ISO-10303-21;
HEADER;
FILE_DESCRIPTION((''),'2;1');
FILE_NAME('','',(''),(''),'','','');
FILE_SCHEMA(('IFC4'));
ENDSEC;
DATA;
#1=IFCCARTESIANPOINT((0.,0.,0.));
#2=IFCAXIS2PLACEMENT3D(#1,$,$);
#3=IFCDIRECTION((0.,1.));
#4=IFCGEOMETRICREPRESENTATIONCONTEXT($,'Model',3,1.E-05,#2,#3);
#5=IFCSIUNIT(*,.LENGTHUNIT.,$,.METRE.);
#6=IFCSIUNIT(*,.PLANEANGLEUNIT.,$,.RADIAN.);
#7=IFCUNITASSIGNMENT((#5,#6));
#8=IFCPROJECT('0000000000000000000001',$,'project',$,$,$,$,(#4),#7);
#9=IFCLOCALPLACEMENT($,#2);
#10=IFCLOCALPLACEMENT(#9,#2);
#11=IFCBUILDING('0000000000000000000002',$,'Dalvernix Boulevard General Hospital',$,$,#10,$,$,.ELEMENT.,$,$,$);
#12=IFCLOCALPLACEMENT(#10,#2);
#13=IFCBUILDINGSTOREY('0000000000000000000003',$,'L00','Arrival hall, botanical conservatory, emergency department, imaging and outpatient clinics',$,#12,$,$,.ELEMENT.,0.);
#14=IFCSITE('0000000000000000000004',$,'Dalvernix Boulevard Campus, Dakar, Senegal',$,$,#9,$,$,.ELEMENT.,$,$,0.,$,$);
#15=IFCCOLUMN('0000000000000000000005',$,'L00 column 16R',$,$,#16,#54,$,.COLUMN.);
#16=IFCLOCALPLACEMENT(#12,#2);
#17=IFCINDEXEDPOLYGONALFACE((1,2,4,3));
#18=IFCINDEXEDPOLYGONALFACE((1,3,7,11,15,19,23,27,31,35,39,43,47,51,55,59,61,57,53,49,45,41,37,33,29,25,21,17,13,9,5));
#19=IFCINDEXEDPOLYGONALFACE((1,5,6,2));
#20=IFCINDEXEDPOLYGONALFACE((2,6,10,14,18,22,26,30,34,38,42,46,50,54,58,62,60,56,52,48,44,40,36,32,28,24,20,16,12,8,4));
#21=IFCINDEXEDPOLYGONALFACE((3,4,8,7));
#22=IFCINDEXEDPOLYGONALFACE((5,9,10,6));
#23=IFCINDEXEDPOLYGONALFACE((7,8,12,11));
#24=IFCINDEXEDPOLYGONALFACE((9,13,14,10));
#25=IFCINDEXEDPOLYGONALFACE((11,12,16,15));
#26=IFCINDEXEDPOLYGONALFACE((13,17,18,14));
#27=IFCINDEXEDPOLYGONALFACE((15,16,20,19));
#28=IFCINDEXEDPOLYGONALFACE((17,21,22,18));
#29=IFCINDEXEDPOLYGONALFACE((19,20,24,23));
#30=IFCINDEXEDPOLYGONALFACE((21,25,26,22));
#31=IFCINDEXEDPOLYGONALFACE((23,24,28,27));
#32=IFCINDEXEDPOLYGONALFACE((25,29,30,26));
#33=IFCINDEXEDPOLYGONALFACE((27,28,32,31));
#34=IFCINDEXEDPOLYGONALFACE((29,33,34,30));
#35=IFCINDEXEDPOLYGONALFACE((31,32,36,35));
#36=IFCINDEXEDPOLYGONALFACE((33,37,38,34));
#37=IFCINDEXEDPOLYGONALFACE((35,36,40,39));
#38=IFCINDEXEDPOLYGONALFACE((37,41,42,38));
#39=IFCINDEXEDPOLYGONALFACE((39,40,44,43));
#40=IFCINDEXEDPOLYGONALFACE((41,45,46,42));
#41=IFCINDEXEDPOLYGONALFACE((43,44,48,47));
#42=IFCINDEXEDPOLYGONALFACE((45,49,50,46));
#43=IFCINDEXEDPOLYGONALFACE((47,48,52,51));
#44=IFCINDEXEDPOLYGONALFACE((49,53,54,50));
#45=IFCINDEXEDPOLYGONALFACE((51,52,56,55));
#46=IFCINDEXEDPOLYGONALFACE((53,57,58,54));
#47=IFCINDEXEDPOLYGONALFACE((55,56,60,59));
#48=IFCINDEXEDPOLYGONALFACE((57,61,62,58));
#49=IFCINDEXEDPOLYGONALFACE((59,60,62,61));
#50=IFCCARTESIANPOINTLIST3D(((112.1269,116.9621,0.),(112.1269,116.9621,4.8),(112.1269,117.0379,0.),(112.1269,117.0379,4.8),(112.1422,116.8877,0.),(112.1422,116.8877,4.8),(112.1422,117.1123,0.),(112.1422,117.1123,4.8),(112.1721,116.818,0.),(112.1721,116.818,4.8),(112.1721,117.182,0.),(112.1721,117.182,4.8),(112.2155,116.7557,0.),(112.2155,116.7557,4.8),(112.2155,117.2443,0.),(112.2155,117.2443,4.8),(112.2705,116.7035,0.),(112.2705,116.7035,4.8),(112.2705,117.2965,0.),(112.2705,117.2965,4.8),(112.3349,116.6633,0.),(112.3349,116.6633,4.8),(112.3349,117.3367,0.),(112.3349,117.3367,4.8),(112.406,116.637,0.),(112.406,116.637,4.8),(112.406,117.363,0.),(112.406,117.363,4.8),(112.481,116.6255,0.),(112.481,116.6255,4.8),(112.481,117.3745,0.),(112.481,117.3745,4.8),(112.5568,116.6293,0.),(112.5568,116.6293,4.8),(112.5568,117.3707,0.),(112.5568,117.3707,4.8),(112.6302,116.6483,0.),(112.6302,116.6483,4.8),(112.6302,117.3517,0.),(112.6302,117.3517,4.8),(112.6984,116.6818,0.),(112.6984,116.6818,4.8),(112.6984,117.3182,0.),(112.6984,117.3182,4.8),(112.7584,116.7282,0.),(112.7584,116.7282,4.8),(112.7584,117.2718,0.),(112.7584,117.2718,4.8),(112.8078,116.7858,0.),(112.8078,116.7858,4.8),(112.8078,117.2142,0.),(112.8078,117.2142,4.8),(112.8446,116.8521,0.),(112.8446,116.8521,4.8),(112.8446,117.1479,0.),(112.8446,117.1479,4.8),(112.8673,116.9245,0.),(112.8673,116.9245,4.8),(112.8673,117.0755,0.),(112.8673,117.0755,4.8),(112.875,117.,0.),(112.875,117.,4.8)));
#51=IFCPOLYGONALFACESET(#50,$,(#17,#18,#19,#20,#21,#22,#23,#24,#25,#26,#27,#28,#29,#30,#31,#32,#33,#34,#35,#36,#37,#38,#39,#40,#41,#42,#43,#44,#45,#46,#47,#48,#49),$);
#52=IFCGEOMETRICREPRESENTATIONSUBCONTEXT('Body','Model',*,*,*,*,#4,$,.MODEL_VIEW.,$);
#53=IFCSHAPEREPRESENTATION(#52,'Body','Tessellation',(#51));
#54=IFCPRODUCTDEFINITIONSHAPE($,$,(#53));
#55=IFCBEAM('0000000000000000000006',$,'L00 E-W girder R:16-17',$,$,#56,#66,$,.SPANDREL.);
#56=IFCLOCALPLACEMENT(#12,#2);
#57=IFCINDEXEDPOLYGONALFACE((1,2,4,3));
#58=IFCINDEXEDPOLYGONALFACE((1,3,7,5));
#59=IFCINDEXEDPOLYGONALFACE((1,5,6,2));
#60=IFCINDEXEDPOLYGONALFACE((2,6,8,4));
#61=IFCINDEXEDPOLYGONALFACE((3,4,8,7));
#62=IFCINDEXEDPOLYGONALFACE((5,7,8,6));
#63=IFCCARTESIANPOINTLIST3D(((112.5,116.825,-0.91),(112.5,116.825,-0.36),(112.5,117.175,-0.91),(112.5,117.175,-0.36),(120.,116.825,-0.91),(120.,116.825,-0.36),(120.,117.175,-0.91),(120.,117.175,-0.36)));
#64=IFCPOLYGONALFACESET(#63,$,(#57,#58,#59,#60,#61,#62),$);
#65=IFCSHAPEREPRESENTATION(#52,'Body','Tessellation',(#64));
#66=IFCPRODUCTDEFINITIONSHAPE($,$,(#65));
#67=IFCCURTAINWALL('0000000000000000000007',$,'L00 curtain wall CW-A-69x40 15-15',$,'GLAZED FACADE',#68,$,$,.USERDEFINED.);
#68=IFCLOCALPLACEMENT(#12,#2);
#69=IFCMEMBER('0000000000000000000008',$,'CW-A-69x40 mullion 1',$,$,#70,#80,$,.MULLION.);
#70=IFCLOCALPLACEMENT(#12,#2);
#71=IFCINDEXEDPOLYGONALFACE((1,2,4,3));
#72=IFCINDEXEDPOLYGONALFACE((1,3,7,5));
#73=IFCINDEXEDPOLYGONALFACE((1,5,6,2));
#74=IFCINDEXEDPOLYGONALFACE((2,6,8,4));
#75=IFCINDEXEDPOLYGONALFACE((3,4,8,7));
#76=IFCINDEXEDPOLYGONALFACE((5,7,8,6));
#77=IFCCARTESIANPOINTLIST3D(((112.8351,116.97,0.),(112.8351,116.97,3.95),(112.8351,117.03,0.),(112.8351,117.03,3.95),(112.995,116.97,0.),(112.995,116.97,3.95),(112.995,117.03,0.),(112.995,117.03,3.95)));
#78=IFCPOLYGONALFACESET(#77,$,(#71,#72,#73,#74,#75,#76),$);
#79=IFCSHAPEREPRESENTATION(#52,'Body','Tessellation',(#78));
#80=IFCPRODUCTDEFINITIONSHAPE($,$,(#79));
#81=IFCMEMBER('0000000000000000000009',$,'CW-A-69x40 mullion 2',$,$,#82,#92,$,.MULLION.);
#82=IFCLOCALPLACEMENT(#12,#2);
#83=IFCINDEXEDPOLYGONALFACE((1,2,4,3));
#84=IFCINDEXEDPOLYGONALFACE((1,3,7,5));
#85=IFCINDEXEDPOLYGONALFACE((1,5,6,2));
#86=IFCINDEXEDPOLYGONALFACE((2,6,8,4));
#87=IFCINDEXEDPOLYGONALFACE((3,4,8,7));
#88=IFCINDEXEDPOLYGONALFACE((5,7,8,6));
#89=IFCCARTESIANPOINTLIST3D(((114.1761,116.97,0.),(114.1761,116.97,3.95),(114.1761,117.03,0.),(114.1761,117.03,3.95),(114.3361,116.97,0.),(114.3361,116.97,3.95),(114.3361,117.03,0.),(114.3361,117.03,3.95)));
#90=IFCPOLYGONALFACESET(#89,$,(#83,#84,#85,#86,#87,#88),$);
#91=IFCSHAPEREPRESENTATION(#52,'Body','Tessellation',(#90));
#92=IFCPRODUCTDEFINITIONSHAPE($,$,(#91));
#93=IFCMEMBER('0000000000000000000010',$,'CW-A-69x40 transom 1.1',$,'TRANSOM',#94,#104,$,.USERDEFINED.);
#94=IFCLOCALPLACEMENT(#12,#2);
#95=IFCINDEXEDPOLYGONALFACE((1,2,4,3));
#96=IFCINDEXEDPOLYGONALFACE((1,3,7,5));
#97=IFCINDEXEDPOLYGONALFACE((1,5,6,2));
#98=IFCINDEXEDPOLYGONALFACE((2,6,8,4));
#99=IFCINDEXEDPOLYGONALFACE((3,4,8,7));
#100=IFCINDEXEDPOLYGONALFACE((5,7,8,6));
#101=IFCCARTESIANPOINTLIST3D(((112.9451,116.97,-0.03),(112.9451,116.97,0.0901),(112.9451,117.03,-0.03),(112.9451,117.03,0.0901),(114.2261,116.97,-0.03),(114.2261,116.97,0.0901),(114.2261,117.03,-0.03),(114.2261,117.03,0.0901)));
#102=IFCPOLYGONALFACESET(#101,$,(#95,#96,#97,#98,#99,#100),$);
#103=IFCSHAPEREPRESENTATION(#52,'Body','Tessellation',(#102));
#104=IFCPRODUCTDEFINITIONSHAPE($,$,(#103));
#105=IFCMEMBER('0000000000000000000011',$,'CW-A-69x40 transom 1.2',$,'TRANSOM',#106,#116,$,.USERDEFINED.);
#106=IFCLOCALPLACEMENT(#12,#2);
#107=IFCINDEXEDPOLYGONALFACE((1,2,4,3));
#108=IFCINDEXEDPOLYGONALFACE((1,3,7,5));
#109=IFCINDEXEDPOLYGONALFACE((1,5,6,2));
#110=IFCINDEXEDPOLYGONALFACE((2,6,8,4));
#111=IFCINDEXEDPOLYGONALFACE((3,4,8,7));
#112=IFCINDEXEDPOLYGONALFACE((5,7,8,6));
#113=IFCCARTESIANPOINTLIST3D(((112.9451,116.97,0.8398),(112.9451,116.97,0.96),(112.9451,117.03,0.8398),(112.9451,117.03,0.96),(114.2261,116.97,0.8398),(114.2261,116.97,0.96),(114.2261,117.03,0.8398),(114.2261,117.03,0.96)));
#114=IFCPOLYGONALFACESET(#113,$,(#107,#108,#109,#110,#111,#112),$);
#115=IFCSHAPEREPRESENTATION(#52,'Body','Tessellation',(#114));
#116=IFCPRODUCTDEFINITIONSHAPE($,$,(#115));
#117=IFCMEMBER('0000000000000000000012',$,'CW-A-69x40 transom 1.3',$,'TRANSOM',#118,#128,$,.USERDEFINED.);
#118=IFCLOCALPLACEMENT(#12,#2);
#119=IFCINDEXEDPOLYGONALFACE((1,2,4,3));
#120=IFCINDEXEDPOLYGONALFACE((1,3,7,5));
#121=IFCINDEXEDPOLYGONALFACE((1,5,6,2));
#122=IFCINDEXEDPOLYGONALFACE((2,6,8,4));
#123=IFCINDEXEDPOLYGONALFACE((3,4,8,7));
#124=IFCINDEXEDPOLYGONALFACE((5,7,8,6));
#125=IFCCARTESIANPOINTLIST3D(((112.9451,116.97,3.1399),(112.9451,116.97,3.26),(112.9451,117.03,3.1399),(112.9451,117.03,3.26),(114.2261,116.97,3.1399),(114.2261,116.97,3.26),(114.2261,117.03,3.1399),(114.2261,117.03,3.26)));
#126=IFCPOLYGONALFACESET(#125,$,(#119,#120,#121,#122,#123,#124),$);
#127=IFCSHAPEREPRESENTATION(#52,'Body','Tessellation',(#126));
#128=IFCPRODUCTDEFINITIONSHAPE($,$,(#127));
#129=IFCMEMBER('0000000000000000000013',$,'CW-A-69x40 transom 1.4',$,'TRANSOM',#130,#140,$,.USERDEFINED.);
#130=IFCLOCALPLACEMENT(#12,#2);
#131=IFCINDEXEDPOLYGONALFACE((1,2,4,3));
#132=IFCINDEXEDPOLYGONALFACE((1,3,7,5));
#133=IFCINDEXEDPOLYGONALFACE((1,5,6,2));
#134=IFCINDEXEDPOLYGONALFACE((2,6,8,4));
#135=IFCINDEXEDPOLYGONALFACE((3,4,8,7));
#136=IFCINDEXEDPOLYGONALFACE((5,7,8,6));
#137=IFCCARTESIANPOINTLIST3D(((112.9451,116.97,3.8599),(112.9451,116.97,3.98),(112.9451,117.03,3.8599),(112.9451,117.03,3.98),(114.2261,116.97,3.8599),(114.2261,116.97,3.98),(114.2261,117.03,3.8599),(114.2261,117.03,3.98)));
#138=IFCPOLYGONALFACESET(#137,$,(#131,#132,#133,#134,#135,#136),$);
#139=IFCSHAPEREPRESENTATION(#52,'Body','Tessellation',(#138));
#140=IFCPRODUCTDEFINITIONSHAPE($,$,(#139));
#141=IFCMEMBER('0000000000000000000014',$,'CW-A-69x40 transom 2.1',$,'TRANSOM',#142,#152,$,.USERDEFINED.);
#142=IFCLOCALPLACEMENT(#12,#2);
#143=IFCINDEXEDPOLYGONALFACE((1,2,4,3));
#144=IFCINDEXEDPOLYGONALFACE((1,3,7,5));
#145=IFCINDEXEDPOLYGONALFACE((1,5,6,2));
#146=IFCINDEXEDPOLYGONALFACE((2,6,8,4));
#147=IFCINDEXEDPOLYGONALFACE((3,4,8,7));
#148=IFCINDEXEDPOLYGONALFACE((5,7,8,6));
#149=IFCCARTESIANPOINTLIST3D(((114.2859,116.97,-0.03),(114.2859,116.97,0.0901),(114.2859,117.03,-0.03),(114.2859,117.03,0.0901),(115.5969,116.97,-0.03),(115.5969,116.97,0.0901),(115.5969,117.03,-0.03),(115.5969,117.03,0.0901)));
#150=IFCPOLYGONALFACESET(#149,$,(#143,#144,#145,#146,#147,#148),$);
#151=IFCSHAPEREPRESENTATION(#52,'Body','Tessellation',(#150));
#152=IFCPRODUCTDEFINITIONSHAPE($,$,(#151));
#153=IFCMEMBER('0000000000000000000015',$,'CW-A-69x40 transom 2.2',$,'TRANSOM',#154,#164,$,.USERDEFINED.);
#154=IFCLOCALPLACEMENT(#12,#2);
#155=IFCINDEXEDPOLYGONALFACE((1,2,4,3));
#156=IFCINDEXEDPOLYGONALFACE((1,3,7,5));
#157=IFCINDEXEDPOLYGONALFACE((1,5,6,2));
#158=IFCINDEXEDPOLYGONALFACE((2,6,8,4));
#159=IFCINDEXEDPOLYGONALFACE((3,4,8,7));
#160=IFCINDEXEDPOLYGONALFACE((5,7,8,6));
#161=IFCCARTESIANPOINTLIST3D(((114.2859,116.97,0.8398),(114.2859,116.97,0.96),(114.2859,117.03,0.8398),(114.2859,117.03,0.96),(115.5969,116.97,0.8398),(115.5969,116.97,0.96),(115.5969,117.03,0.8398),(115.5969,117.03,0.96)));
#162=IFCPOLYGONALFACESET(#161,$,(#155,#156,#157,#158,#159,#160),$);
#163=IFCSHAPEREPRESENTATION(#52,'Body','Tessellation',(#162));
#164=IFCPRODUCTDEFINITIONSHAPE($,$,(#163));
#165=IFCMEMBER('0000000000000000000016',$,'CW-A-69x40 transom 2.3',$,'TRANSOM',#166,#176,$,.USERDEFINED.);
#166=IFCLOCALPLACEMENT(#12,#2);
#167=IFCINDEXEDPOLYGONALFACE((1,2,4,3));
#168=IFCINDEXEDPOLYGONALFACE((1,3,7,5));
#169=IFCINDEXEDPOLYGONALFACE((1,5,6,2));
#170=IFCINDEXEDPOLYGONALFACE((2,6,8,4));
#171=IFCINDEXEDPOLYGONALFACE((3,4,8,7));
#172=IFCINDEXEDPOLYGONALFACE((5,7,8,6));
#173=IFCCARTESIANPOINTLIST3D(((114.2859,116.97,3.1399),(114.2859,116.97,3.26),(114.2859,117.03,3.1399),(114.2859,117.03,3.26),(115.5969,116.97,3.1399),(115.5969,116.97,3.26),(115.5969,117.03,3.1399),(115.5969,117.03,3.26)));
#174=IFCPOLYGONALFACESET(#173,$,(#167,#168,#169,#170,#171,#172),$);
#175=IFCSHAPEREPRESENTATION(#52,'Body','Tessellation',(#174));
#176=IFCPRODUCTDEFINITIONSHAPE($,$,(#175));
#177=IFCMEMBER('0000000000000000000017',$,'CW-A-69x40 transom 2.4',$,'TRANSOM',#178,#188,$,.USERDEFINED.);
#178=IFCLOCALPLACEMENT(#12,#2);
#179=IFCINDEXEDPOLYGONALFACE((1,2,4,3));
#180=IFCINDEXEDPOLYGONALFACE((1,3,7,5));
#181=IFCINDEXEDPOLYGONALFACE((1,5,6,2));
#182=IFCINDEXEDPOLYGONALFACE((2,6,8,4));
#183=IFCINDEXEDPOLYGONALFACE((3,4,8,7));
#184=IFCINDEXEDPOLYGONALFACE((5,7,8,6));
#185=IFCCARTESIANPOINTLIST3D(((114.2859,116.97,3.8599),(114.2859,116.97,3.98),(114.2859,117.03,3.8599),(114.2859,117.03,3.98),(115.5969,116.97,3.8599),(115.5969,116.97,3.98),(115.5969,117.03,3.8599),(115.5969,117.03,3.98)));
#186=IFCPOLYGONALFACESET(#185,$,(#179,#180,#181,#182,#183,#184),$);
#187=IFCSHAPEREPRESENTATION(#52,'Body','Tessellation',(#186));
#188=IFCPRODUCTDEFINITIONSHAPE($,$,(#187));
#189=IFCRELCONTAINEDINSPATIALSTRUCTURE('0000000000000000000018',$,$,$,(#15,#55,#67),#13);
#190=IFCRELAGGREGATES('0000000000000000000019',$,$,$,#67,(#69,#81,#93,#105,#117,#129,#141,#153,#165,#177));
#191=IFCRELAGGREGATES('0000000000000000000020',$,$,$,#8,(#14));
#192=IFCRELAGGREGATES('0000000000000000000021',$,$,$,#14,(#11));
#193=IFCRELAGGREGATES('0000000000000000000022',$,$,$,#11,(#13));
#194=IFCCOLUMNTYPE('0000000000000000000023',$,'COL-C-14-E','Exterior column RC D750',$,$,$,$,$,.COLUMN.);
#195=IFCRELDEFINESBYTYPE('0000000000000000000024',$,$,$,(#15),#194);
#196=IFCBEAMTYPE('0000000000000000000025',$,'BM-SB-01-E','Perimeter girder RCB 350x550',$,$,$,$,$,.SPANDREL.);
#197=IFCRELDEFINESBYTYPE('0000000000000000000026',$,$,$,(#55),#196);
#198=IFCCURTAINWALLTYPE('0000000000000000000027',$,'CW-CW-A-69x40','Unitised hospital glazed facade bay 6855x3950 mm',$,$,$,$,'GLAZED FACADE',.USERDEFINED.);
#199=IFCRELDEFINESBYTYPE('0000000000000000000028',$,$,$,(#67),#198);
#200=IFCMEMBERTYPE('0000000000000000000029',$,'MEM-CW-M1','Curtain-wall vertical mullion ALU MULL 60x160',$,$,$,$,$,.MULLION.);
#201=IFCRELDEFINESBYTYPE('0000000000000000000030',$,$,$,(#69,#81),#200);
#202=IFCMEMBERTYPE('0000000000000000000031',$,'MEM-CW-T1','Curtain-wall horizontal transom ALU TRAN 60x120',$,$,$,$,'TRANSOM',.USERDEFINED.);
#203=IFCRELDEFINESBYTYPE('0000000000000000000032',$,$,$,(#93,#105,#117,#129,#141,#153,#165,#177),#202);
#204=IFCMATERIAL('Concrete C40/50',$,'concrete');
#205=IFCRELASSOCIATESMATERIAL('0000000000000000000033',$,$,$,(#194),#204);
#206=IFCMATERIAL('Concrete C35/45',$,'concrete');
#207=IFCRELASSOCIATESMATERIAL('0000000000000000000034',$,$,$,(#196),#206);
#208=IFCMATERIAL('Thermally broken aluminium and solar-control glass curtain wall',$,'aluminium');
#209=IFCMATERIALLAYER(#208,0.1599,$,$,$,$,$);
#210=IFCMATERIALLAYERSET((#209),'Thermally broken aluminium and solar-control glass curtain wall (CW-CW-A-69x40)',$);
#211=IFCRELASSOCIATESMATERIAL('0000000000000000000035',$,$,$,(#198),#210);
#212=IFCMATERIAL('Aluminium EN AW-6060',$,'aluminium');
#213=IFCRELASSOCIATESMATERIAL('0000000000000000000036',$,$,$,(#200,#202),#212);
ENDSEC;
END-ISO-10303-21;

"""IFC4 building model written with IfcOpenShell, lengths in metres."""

from ifc_helpers import new_model, si_unit, direction, frame, origin, origin_2d, place, context, subcontext, project, spatial, rectangle, circle, extrude, material, layer, layer_set, material_profile, profile_set, type_object, element, aggregate, save


model = new_model("IFC4")

# Units and contexts
model_context = context("Model", 3, precision=1e-05, world=origin(), true_north=direction((0.0, 1.0)))
body_context = subcontext(model_context, "Body", "Model", "MODEL_VIEW")
ifc_project = project(units=[si_unit("LENGTHUNIT", "METRE"), si_unit("PLANEANGLEUNIT", "RADIAN")], contexts=[model_context])

# Site, building, storey
site_placement = place(None, origin())
site = spatial("IfcSite", under=ifc_project, at=site_placement, Name="Dalvernix Boulevard Campus, Dakar, Senegal", CompositionType="ELEMENT", RefElevation=0.0)
building_placement = place(site_placement, origin())
building = spatial("IfcBuilding", under=site, at=building_placement, Name="Dalvernix Boulevard General Hospital", CompositionType="ELEMENT")
storey_placement = place(building_placement, origin())
storey = spatial("IfcBuildingStorey", under=building, at=storey_placement, Name="L00", Description="Arrival hall, botanical conservatory, emergency department, imaging and outpatient clinics", CompositionType="ELEMENT", Elevation=0.0)

# Column
ifc_material_1 = material(Name="Concrete C40/50", Category="concrete")
ifc_material_profile_1 = material_profile(ifc_material_1, circle(Radius=0.375, at=origin_2d()), Name="RC D750")
ifc_profile_set_1 = profile_set([ifc_material_profile_1], Name="Concrete C40/50")
column_type = type_object("IfcColumnType", Name="COL-C-14-E", Description="Exterior column RC D750", PredefinedType="COLUMN", material=ifc_profile_set_1)
column_placement = place(storey_placement, frame((112.5, 117.0, 0.0), z_axis=(0.0, 0.0, 1.0), x_axis=(1.0, 0.0, 0.0)))
element("IfcColumn", 1, at=column_placement, inside=storey, type_object=column_type, Name="L00 column 16R", PredefinedType="COLUMN", context=body_context, shape_type="SweptSolid", body=[
    extrude(circle(Radius=0.375, at=origin_2d()), origin(), (0.0, 0.0, 1.0), 4.8),
])

# Beam
ifc_material_2 = material(Name="Concrete C35/45", Category="concrete")
ifc_material_profile_2 = material_profile(ifc_material_2, rectangle(XDim=0.3501, YDim=0.55, at=origin_2d()), Name="RCB 350x550")
ifc_profile_set_2 = profile_set([ifc_material_profile_2], Name="Concrete C35/45")
beam_type = type_object("IfcBeamType", Name="BM-SB-01-E", Description="Perimeter girder RCB 350x550", PredefinedType="SPANDREL", material=ifc_profile_set_2)
beam_placement = place(storey_placement, frame((112.5, 117.0, -0.635), z_axis=(1.0, 0.0, 0.0), x_axis=(0.0, 1.0, 0.0)))
element("IfcBeam", 2, at=beam_placement, inside=storey, type_object=beam_type, Name="L00 E-W girder R:16-17", PredefinedType="SPANDREL", context=body_context, shape_type="SweptSolid", body=[
    extrude(rectangle(XDim=0.3501, YDim=0.55, at=origin_2d()), origin(), (0.0, 0.0, 1.0), 7.5),
])

# Curtain wall, members
ifc_material_3 = material(Name="Thermally broken aluminium and solar-control glass curtain wall", Category="aluminium")
ifc_layer_1 = layer(ifc_material_3, 0.1599)
ifc_layer_set_1 = layer_set([ifc_layer_1], Name="Thermally broken aluminium and solar-control glass curtain wall (CW-CW-A-69x40)")
curtain_wall_type = type_object("IfcCurtainWallType", Name="CW-CW-A-69x40", Description="Unitised hospital glazed facade bay 6855x3950 mm", ElementType="GLAZED FACADE", PredefinedType="USERDEFINED", material=ifc_layer_set_1)
curtain_wall_placement = place(storey_placement, origin())
curtain_wall = element("IfcCurtainWall", 3, at=curtain_wall_placement, inside=storey, type_object=curtain_wall_type, Name="L00 curtain wall CW-A-69x40 15-15", ObjectType="GLAZED FACADE", PredefinedType="USERDEFINED")
ifc_material_4 = material(Name="Aluminium EN AW-6060", Category="aluminium")
ifc_material_profile_3 = material_profile(ifc_material_4, rectangle(XDim=0.0601, YDim=0.1599, at=origin_2d()), Name="ALU MULL 60x160")
ifc_profile_set_3 = profile_set([ifc_material_profile_3], Name="Aluminium EN AW-6060")
member_type_1 = type_object("IfcMemberType", Name="MEM-CW-M1", Description="Curtain-wall vertical mullion ALU MULL 60x160", PredefinedType="MULLION", material=ifc_profile_set_3)
member_1_placement = place(storey_placement, frame((112.915, 117.0, 0.0), z_axis=(0.0, 0.0, 1.0), x_axis=(0.0, 1.0, 0.0)))
member_1 = element("IfcMember", 4, at=member_1_placement, type_object=member_type_1, Name="CW-A-69x40 mullion 1", PredefinedType="MULLION", context=body_context, shape_type="SweptSolid", body=[
    extrude(rectangle(XDim=0.0601, YDim=0.1599, at=origin_2d()), origin(), (0.0, 0.0, 1.0), 3.95),
])
member_2_placement = place(storey_placement, frame((114.2561, 117.0, 0.0), z_axis=(0.0, 0.0, 1.0), x_axis=(0.0, 1.0, 0.0)))
member_2 = element("IfcMember", 5, at=member_2_placement, type_object=member_type_1, Name="CW-A-69x40 mullion 2", PredefinedType="MULLION", context=body_context, shape_type="SweptSolid", body=[
    extrude(rectangle(XDim=0.0601, YDim=0.1599, at=origin_2d()), origin(), (0.0, 0.0, 1.0), 3.95),
])
ifc_material_profile_4 = material_profile(ifc_material_4, rectangle(XDim=0.0601, YDim=0.1201, at=origin_2d()), Name="ALU TRAN 60x120")
ifc_profile_set_4 = profile_set([ifc_material_profile_4], Name="Aluminium EN AW-6060")
member_type_2 = type_object("IfcMemberType", Name="MEM-CW-T1", Description="Curtain-wall horizontal transom ALU TRAN 60x120", ElementType="TRANSOM", PredefinedType="USERDEFINED", material=ifc_profile_set_4)
member_3_placement = place(storey_placement, frame((112.9451, 117.0, 0.03), z_axis=(1.0, 0.0, 0.0), x_axis=(0.0, 1.0, 0.0)))
member_3 = element("IfcMember", 6, at=member_3_placement, type_object=member_type_2, Name="CW-A-69x40 transom 1.1", ObjectType="TRANSOM", PredefinedType="USERDEFINED", context=body_context, shape_type="SweptSolid", body=[
    extrude(rectangle(XDim=0.0601, YDim=0.1201, at=origin_2d()), origin(), (0.0, 0.0, 1.0), 1.281),
])
member_4_placement = place(storey_placement, frame((112.9451, 117.0, 0.8999), z_axis=(1.0, 0.0, 0.0), x_axis=(0.0, 1.0, 0.0)))
member_4 = element("IfcMember", 7, at=member_4_placement, type_object=member_type_2, Name="CW-A-69x40 transom 1.2", ObjectType="TRANSOM", PredefinedType="USERDEFINED", context=body_context, shape_type="SweptSolid", body=[
    extrude(rectangle(XDim=0.0601, YDim=0.1201, at=origin_2d()), origin(), (0.0, 0.0, 1.0), 1.281),
])
member_5_placement = place(storey_placement, frame((112.9451, 117.0, 3.2), z_axis=(1.0, 0.0, 0.0), x_axis=(0.0, 1.0, 0.0)))
member_5 = element("IfcMember", 8, at=member_5_placement, type_object=member_type_2, Name="CW-A-69x40 transom 1.3", ObjectType="TRANSOM", PredefinedType="USERDEFINED", context=body_context, shape_type="SweptSolid", body=[
    extrude(rectangle(XDim=0.0601, YDim=0.1201, at=origin_2d()), origin(), (0.0, 0.0, 1.0), 1.281),
])
member_6_placement = place(storey_placement, frame((112.9451, 117.0, 3.9199), z_axis=(1.0, 0.0, 0.0), x_axis=(0.0, 1.0, 0.0)))
member_6 = element("IfcMember", 9, at=member_6_placement, type_object=member_type_2, Name="CW-A-69x40 transom 1.4", ObjectType="TRANSOM", PredefinedType="USERDEFINED", context=body_context, shape_type="SweptSolid", body=[
    extrude(rectangle(XDim=0.0601, YDim=0.1201, at=origin_2d()), origin(), (0.0, 0.0, 1.0), 1.281),
])
member_7_placement = place(storey_placement, frame((114.2859, 117.0, 0.03), z_axis=(1.0, 0.0, 0.0), x_axis=(0.0, 1.0, 0.0)))
member_7 = element("IfcMember", 10, at=member_7_placement, type_object=member_type_2, Name="CW-A-69x40 transom 2.1", ObjectType="TRANSOM", PredefinedType="USERDEFINED", context=body_context, shape_type="SweptSolid", body=[
    extrude(rectangle(XDim=0.0601, YDim=0.1201, at=origin_2d()), origin(), (0.0, 0.0, 1.0), 1.311),
])
member_8_placement = place(storey_placement, frame((114.2859, 117.0, 0.8999), z_axis=(1.0, 0.0, 0.0), x_axis=(0.0, 1.0, 0.0)))
member_8 = element("IfcMember", 11, at=member_8_placement, type_object=member_type_2, Name="CW-A-69x40 transom 2.2", ObjectType="TRANSOM", PredefinedType="USERDEFINED", context=body_context, shape_type="SweptSolid", body=[
    extrude(rectangle(XDim=0.0601, YDim=0.1201, at=origin_2d()), origin(), (0.0, 0.0, 1.0), 1.311),
])
member_9_placement = place(storey_placement, frame((114.2859, 117.0, 3.2), z_axis=(1.0, 0.0, 0.0), x_axis=(0.0, 1.0, 0.0)))
member_9 = element("IfcMember", 12, at=member_9_placement, type_object=member_type_2, Name="CW-A-69x40 transom 2.3", ObjectType="TRANSOM", PredefinedType="USERDEFINED", context=body_context, shape_type="SweptSolid", body=[
    extrude(rectangle(XDim=0.0601, YDim=0.1201, at=origin_2d()), origin(), (0.0, 0.0, 1.0), 1.311),
])
member_10_placement = place(storey_placement, frame((114.2859, 117.0, 3.9199), z_axis=(1.0, 0.0, 0.0), x_axis=(0.0, 1.0, 0.0)))
member_10 = element("IfcMember", 13, at=member_10_placement, type_object=member_type_2, Name="CW-A-69x40 transom 2.4", ObjectType="TRANSOM", PredefinedType="USERDEFINED", context=body_context, shape_type="SweptSolid", body=[
    extrude(rectangle(XDim=0.0601, YDim=0.1201, at=origin_2d()), origin(), (0.0, 0.0, 1.0), 1.311),
])
aggregate(curtain_wall, [member_1, member_2, member_3, member_4, member_5, member_6, member_7, member_8, member_9, member_10])

save(model, "model.ifc")
